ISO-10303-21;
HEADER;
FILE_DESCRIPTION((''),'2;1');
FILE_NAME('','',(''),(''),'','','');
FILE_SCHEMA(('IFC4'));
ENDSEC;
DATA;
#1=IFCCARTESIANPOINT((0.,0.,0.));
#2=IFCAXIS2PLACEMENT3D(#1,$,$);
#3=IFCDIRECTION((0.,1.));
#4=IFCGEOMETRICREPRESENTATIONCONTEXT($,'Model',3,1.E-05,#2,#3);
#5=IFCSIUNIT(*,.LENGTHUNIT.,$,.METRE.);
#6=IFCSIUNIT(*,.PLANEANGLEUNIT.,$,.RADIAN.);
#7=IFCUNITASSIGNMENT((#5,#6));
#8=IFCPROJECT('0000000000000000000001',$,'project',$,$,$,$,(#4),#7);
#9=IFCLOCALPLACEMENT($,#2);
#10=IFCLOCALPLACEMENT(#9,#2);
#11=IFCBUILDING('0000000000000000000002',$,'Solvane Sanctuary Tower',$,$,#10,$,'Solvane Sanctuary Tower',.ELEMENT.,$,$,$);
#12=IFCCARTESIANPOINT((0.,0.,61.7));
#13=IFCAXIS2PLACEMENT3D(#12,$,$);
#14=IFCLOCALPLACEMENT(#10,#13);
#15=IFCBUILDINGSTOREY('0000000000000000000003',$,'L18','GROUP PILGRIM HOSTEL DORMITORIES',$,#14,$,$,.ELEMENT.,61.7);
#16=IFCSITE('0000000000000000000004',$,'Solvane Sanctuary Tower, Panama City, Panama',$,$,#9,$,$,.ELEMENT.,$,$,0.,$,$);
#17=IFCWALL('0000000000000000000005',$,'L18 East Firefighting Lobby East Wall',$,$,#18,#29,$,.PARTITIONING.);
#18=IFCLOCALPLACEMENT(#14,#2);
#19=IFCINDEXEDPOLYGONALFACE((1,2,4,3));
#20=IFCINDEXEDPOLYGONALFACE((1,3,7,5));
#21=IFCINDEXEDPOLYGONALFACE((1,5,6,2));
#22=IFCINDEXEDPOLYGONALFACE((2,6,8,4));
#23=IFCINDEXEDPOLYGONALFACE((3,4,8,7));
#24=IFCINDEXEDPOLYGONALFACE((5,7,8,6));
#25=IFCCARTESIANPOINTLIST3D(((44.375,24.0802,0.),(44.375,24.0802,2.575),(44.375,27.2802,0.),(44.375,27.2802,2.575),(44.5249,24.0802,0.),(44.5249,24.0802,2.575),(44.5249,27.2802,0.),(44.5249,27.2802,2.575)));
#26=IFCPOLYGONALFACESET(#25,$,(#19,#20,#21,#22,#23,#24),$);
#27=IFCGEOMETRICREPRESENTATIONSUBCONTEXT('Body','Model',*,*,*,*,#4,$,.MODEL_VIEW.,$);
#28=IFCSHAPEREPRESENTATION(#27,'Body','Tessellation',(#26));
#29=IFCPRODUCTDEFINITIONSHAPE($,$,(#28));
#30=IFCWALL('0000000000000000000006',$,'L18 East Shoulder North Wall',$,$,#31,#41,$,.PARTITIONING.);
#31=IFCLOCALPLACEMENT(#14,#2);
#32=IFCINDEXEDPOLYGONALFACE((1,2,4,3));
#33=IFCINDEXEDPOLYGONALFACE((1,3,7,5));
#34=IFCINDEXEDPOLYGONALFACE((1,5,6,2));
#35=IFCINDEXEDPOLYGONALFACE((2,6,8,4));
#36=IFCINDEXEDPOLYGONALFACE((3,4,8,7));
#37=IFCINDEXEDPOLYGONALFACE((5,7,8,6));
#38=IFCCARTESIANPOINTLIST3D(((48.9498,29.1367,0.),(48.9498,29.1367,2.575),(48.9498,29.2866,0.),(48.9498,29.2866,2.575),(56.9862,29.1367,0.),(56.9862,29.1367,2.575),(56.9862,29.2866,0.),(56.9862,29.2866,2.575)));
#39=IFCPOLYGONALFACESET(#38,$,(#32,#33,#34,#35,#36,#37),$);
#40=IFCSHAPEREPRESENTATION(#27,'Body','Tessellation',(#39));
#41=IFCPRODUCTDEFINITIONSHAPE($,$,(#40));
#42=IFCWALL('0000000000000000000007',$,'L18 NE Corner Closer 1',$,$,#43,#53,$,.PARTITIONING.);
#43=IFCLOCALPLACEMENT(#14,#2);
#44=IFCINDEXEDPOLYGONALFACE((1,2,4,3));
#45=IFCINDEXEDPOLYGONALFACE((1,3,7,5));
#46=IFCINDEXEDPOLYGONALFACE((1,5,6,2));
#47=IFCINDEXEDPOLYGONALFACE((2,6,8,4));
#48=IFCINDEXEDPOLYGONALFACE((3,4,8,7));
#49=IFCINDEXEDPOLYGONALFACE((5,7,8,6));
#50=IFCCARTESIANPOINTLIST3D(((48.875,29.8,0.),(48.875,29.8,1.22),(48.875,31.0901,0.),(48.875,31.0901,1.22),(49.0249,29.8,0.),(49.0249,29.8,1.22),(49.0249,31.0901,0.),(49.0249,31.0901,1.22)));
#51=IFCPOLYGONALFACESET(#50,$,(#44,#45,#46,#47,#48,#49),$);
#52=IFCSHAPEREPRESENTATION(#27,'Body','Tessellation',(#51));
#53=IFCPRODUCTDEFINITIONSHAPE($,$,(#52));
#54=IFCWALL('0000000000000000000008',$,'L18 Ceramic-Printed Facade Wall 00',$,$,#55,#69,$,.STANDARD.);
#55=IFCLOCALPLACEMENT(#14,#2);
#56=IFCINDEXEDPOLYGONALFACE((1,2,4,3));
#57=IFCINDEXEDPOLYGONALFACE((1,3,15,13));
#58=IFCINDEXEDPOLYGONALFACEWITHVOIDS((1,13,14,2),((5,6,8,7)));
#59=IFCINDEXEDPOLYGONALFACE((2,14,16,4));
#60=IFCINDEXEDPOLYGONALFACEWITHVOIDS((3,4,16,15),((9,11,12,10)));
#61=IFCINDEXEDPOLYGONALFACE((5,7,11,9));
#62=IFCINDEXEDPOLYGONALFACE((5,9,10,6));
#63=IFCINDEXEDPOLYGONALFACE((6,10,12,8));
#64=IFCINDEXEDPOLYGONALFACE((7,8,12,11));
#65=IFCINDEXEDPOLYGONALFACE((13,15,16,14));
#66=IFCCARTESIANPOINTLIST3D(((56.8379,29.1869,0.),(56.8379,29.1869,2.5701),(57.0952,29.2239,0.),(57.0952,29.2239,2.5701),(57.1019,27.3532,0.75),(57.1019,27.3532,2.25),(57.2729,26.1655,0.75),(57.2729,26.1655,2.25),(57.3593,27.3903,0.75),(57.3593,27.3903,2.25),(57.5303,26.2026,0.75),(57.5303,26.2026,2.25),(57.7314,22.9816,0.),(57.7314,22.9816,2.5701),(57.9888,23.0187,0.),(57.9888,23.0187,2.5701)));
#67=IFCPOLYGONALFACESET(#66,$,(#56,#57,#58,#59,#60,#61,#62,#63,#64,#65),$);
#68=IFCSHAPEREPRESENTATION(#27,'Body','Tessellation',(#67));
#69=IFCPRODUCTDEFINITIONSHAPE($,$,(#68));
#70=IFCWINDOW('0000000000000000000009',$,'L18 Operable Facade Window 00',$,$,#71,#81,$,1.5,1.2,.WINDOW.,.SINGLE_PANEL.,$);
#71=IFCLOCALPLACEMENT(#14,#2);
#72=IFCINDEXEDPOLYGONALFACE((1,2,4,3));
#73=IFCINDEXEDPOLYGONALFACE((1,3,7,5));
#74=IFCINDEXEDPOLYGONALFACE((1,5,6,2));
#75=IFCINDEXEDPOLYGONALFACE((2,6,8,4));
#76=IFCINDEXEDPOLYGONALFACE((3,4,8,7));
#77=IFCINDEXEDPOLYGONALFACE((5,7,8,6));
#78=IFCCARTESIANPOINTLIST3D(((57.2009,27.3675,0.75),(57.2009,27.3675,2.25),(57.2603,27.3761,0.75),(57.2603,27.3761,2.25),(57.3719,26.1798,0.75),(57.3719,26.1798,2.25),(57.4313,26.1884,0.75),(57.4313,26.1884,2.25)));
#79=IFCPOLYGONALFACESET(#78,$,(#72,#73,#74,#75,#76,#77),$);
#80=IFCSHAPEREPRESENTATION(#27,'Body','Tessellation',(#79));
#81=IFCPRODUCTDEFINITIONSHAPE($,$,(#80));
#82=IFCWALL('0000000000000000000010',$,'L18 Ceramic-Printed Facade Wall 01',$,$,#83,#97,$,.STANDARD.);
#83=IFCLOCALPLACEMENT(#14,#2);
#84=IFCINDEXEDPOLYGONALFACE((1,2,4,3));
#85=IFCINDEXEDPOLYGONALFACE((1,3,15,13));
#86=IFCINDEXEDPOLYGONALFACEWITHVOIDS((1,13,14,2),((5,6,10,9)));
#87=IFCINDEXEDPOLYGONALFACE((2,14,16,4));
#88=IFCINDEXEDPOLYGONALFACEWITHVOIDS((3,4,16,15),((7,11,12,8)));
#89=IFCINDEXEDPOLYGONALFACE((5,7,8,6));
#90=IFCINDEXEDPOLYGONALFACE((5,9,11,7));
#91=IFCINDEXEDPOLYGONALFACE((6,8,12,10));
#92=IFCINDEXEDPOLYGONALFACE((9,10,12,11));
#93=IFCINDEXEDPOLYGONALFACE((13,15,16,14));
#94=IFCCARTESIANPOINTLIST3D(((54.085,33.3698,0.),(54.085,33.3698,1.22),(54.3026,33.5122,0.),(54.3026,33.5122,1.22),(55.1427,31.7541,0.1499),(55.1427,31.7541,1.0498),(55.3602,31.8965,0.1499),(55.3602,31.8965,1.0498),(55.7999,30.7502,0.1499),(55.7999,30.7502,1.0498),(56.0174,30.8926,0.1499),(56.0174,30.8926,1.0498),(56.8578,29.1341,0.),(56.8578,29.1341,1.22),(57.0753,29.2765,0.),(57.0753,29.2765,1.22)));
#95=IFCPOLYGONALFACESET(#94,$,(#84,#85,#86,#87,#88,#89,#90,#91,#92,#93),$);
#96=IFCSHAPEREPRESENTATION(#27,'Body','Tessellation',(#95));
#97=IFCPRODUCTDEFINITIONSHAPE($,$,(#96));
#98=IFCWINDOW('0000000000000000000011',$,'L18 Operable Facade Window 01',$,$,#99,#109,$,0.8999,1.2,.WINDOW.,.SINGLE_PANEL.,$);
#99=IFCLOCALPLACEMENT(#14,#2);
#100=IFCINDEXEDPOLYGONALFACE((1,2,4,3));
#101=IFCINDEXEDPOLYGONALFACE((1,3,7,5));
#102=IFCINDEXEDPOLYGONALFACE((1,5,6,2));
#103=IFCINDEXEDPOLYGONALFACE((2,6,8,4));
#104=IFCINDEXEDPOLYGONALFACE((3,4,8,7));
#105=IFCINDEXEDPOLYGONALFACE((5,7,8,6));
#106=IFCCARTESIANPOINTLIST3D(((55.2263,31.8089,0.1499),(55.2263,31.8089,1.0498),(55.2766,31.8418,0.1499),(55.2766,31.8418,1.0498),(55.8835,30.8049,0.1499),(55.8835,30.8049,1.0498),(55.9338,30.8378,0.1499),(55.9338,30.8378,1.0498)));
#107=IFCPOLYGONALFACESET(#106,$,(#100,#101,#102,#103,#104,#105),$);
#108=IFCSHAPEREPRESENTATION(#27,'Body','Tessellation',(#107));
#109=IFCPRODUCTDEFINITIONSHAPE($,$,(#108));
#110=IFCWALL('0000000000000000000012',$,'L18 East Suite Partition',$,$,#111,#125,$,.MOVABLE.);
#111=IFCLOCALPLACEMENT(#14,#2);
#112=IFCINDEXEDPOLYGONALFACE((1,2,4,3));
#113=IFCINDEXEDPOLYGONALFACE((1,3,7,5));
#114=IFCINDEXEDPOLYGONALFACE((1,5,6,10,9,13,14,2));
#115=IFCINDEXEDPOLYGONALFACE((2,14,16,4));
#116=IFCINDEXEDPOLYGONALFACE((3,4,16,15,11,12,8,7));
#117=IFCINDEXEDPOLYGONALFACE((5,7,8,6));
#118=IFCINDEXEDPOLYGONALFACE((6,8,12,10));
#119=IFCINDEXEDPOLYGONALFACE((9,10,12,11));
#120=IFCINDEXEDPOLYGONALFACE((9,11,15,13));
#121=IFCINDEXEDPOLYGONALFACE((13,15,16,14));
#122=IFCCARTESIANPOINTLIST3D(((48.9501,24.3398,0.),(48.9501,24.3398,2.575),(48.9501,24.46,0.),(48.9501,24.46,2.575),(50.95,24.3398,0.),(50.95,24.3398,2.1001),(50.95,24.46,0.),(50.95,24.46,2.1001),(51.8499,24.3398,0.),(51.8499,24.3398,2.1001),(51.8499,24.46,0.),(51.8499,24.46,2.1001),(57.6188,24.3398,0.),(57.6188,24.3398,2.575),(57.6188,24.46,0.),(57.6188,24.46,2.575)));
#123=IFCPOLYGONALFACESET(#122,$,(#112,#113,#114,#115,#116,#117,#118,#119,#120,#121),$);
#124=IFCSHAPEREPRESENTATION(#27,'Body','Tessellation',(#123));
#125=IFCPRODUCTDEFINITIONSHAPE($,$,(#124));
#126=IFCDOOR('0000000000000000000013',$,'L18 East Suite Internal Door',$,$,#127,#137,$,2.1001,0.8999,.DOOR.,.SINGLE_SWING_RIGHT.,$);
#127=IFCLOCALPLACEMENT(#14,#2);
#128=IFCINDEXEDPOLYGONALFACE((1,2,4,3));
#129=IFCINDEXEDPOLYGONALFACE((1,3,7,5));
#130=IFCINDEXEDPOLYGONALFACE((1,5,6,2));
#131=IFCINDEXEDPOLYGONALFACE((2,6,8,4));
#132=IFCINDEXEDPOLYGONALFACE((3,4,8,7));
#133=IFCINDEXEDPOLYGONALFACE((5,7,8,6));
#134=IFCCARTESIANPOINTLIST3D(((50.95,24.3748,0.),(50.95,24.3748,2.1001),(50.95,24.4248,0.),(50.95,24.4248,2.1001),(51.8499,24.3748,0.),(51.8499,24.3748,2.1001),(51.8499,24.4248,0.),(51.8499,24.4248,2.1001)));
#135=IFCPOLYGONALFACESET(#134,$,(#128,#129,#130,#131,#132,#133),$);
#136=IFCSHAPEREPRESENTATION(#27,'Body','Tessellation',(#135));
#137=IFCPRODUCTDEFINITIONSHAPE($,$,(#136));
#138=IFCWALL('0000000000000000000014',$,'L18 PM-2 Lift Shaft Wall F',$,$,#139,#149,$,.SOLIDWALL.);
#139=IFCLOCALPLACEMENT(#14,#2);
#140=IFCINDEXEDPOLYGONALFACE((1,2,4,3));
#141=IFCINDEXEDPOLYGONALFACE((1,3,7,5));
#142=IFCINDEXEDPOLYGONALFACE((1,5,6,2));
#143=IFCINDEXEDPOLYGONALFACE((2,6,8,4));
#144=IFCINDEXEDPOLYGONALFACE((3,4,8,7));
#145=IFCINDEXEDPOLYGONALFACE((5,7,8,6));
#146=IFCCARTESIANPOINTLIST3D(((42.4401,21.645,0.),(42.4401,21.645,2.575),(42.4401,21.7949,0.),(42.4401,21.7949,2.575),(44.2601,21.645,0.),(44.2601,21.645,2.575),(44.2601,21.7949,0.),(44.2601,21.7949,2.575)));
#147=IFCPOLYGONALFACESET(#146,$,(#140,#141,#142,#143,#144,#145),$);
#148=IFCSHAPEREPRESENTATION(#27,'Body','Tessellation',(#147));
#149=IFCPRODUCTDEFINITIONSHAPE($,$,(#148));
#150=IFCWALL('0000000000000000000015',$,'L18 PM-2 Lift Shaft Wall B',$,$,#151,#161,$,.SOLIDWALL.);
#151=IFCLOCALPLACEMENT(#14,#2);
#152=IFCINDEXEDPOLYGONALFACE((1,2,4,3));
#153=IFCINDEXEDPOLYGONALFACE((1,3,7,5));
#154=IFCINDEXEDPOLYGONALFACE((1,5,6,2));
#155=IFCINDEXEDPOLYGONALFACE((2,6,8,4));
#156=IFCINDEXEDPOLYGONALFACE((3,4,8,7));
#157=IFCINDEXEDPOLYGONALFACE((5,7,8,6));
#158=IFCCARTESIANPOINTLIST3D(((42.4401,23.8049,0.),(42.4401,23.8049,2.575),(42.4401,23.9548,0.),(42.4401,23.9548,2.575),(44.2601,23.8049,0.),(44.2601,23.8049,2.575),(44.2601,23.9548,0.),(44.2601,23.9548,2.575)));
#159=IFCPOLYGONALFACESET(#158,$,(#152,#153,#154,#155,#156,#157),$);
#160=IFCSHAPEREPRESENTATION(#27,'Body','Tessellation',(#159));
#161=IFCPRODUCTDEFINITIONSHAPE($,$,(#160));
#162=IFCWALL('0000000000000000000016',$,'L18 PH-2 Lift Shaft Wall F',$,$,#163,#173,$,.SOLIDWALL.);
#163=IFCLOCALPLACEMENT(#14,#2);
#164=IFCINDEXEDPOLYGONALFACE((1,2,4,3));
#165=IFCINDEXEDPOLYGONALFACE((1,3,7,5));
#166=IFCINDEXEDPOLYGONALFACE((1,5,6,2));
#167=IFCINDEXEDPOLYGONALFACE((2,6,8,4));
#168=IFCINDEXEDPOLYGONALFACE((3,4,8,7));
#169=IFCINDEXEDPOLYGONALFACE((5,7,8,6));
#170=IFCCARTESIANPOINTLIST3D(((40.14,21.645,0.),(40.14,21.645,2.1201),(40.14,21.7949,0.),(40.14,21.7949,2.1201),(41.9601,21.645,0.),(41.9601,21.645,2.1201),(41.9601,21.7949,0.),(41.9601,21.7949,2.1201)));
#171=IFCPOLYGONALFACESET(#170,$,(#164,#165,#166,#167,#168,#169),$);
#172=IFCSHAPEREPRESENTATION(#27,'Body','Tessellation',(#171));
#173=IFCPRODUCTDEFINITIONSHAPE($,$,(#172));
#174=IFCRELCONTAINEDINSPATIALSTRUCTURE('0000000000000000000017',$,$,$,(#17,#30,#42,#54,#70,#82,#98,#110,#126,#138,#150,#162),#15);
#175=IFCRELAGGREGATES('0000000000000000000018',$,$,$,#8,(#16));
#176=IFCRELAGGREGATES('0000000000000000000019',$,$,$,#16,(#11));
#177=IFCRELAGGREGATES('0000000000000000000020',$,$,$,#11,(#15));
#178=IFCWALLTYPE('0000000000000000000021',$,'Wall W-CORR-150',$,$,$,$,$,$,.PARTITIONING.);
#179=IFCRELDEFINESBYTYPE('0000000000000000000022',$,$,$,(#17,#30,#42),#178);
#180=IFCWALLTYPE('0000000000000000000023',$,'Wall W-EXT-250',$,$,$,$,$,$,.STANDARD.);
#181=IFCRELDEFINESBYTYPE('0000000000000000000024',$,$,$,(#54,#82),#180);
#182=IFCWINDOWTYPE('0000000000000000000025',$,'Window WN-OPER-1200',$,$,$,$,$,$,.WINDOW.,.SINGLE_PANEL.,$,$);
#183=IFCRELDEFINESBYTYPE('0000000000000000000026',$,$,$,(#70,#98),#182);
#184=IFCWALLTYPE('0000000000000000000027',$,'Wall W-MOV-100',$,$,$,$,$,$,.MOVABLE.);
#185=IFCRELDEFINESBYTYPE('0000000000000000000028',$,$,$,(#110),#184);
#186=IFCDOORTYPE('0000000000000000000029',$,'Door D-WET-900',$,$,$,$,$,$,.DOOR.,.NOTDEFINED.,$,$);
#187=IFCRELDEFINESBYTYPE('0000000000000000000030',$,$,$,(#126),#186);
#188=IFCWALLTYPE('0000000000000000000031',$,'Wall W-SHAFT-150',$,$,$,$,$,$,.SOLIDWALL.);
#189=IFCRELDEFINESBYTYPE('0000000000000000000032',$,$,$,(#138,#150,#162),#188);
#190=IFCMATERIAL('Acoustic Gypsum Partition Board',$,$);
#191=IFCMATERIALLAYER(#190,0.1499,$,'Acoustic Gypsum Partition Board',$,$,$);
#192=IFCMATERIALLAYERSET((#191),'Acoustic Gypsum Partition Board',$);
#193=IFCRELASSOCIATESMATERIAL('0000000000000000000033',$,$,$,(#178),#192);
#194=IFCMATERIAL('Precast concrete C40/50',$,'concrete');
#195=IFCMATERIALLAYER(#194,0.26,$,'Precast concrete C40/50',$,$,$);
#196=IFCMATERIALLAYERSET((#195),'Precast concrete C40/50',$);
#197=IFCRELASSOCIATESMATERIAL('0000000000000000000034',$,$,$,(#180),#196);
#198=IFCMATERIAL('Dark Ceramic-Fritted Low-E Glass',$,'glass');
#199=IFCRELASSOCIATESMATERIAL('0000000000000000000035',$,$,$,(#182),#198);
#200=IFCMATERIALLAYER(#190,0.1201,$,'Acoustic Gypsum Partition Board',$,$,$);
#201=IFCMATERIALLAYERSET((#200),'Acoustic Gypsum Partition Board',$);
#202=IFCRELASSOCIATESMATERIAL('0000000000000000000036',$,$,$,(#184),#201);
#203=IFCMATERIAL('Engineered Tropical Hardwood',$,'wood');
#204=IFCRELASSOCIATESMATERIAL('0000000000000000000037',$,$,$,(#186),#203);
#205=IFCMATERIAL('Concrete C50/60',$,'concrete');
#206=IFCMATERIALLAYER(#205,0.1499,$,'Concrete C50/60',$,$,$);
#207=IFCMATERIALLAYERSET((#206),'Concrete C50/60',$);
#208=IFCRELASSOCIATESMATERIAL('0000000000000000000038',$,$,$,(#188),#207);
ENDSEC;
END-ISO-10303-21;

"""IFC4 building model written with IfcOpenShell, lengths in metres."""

from ifc_helpers import new_model, si_unit, direction, frame, frame_2d, origin, place, context, subcontext, project, spatial, rectangle, extrude, material, layer, layer_set, type_object, element, fill, save


model = new_model("IFC4")

# Units and contexts
model_context = context("Model", 3, precision=1e-05, world=origin(), true_north=direction((0.0, 1.0)))
body_context = subcontext(model_context, "Body", "Model", "MODEL_VIEW")
ifc_project = project(units=[si_unit("LENGTHUNIT", "METRE"), si_unit("PLANEANGLEUNIT", "RADIAN")], contexts=[model_context])

# Site, building, storey
site_placement = place(None, origin())
site = spatial("IfcSite", under=ifc_project, at=site_placement, Name="Solvane Sanctuary Tower, Panama City, Panama", CompositionType="ELEMENT", RefElevation=0.0)
building_placement = place(site_placement, origin())
building = spatial("IfcBuilding", under=site, at=building_placement, Name="Solvane Sanctuary Tower", LongName="Solvane Sanctuary Tower", CompositionType="ELEMENT")
storey_placement = place(building_placement, frame((0.0, 0.0, 61.7)))
storey = spatial("IfcBuildingStorey", under=building, at=storey_placement, Name="L18", Description="GROUP PILGRIM HOSTEL DORMITORIES", CompositionType="ELEMENT", Elevation=61.7)

# Walls
ifc_material_1 = material(Name="Acoustic Gypsum Partition Board")
ifc_layer_1 = layer(ifc_material_1, 0.1499, Name="Acoustic Gypsum Partition Board")
ifc_layer_set_1 = layer_set([ifc_layer_1], Name="Acoustic Gypsum Partition Board")
wall_type_1 = type_object("IfcWallType", Name="Wall W-CORR-150", PredefinedType="PARTITIONING", material=ifc_layer_set_1)
wall_1_placement = place(storey_placement, frame((44.45, 24.0801, 0.0), z_axis=(0.0, 0.0, 1.0), x_axis=(0.0, 1.0, 0.0)))
element("IfcWall", 1, at=wall_1_placement, inside=storey, type_object=wall_type_1, Name="L18 East Firefighting Lobby East Wall", PredefinedType="PARTITIONING", context=body_context, shape_type="SweptSolid", body=[
    extrude(rectangle(XDim=3.2, YDim=0.1499, at=frame_2d((1.6001, 0.0))), origin(), (0.0, 0.0, 1.0), 2.575),
])
wall_2_placement = place(storey_placement, frame((48.95, 29.2117, 0.0), z_axis=(0.0, 0.0, 1.0), x_axis=(1.0, 0.0, 0.0)))
element("IfcWall", 2, at=wall_2_placement, inside=storey, type_object=wall_type_1, Name="L18 East Shoulder North Wall", PredefinedType="PARTITIONING", context=body_context, shape_type="SweptSolid", body=[
    extrude(rectangle(XDim=8.0364, YDim=0.1499, at=frame_2d((4.0181, 0.0))), origin(), (0.0, 0.0, 1.0), 2.575),
])
wall_3_placement = place(storey_placement, frame((48.95, 29.8, 0.0), z_axis=(0.0, 0.0, 1.0), x_axis=(0.0, 1.0, 0.0)))
element("IfcWall", 3, at=wall_3_placement, inside=storey, type_object=wall_type_1, Name="L18 NE Corner Closer 1", PredefinedType="PARTITIONING", context=body_context, shape_type="SweptSolid", body=[
    extrude(rectangle(XDim=1.29, YDim=0.1499, at=frame_2d((0.645, 0.0))), origin(), (0.0, 0.0, 1.0), 1.22),
])

# Walls, openings, windows
ifc_material_2 = material(Name="Precast concrete C40/50", Category="concrete")
ifc_layer_2 = layer(ifc_material_2, 0.26, Name="Precast concrete C40/50")
ifc_layer_set_2 = layer_set([ifc_layer_2], Name="Precast concrete C40/50")
wall_type_2 = type_object("IfcWallType", Name="Wall W-EXT-250", PredefinedType="STANDARD", material=ifc_layer_set_2)
wall_4_placement = place(storey_placement, frame((57.8601, 23.0, 0.0), z_axis=(0.0, 0.0, 1.0), x_axis=(-0.142528, 0.989791, 0.0)))
wall_4 = element("IfcWall", 4, at=wall_4_placement, inside=storey, type_object=wall_type_2, Name="L18 Ceramic-Printed Facade Wall 00", PredefinedType="STANDARD", context=body_context, shape_type="SweptSolid", body=[
    extrude(rectangle(XDim=6.2693, YDim=0.26, at=frame_2d((3.1348, 0.0))), origin(), (0.0, 0.0, 1.0), 2.5701),
])
opening_1_placement = place(wall_4_placement, frame((3.2168, 0.0, 0.75)))
opening_1 = element("IfcOpeningElement", 5, at=opening_1_placement, cuts=wall_4, PredefinedType="OPENING", context=body_context, shape_type="SweptSolid", body=[
    extrude(rectangle(XDim=1.2, YDim=1.5, at=frame_2d((0.6001, 0.75))), frame((0.0, 0.1399, 0.0), z_axis=(0.0, -1.0, 0.0), x_axis=(1.0, 0.0, 0.0)), (0.0, 0.0, 1.0), 0.28),
])
ifc_material_3 = material(Name="Dark Ceramic-Fritted Low-E Glass", Category="glass")
window_type = type_object("IfcWindowType", Name="Window WN-OPER-1200", PartitioningType="SINGLE_PANEL", PredefinedType="WINDOW", material=ifc_material_3)
window_1_placement = place(opening_1_placement, origin())
window_1 = element("IfcWindow", 6, at=window_1_placement, inside=storey, type_object=window_type, Name="L18 Operable Facade Window 00", OverallHeight=1.5, OverallWidth=1.2, PartitioningType="SINGLE_PANEL", PredefinedType="WINDOW", context=body_context, shape_type="SweptSolid", body=[
    extrude(rectangle(XDim=1.2, YDim=1.5, at=frame_2d((0.6001, 0.75))), frame((0.0, 0.03, 0.0), z_axis=(0.0, -1.0, 0.0), x_axis=(1.0, 0.0, 0.0)), (0.0, 0.0, 1.0), 0.0601),
])
fill(opening_1, window_1)
wall_5_placement = place(storey_placement, frame((56.9666, 29.2053, 0.0), z_axis=(0.0, 0.0, 1.0), x_axis=(-0.547703, 0.836673, 0.0)))
wall_5 = element("IfcWall", 7, at=wall_5_placement, inside=storey, type_object=wall_type_2, Name="L18 Ceramic-Printed Facade Wall 01", PredefinedType="STANDARD", context=body_context, shape_type="SweptSolid", body=[
    extrude(rectangle(XDim=5.0625, YDim=0.26, at=frame_2d((2.5312, 0.0))), origin(), (0.0, 0.0, 1.0), 1.22),
])
opening_2_placement = place(wall_5_placement, frame((1.9314, 0.0, 0.1499)))
opening_2 = element("IfcOpeningElement", 8, at=opening_2_placement, cuts=wall_5, PredefinedType="OPENING", context=body_context, shape_type="SweptSolid", body=[
    extrude(rectangle(XDim=1.2, YDim=0.8999, at=frame_2d((0.6001, 0.45))), frame((0.0, 0.1399, 0.0), z_axis=(0.0, -1.0, 0.0), x_axis=(1.0, 0.0, 0.0)), (0.0, 0.0, 1.0), 0.28),
])
window_2_placement = place(opening_2_placement, origin())
window_2 = element("IfcWindow", 9, at=window_2_placement, inside=storey, type_object=window_type, Name="L18 Operable Facade Window 01", OverallHeight=0.8999, OverallWidth=1.2, PartitioningType="SINGLE_PANEL", PredefinedType="WINDOW", context=body_context, shape_type="SweptSolid", body=[
    extrude(rectangle(XDim=1.2, YDim=0.8999, at=frame_2d((0.6001, 0.45))), frame((0.0, 0.03, 0.0), z_axis=(0.0, -1.0, 0.0), x_axis=(1.0, 0.0, 0.0)), (0.0, 0.0, 1.0), 0.0601),
])
fill(opening_2, window_2)

# Wall, opening, door
ifc_layer_3 = layer(ifc_material_1, 0.1201, Name="Acoustic Gypsum Partition Board")
ifc_layer_set_3 = layer_set([ifc_layer_3], Name="Acoustic Gypsum Partition Board")
wall_type_3 = type_object("IfcWallType", Name="Wall W-MOV-100", PredefinedType="MOVABLE", material=ifc_layer_set_3)
wall_6_placement = place(storey_placement, frame((48.95, 24.3999, 0.0), z_axis=(0.0, 0.0, 1.0), x_axis=(1.0, 0.0, 0.0)))
wall_6 = element("IfcWall", 10, at=wall_6_placement, inside=storey, type_object=wall_type_3, Name="L18 East Suite Partition", PredefinedType="MOVABLE", context=body_context, shape_type="SweptSolid", body=[
    extrude(rectangle(XDim=8.6687, YDim=0.1201, at=frame_2d((4.3345, 0.0))), origin(), (0.0, 0.0, 1.0), 2.575),
])
opening_3_placement = place(wall_6_placement, frame((2.0, 0.0, 0.0)))
opening_3 = element("IfcOpeningElement", 11, at=opening_3_placement, cuts=wall_6, PredefinedType="OPENING", context=body_context, shape_type="SweptSolid", body=[
    extrude(rectangle(XDim=0.8999, YDim=2.1001, at=frame_2d((0.45, 1.05))), frame((0.0, 0.0701, 0.0), z_axis=(0.0, -1.0, 0.0), x_axis=(1.0, 0.0, 0.0)), (0.0, 0.0, 1.0), 0.1401),
])
ifc_material_4 = material(Name="Engineered Tropical Hardwood", Category="wood")
door_type_1 = type_object("IfcDoorType", Name="Door D-WET-900", OperationType="NOTDEFINED", PredefinedType="DOOR", material=ifc_material_4)
door_1_placement = place(opening_3_placement, origin())
door_1 = element("IfcDoor", 12, at=door_1_placement, inside=storey, type_object=door_type_1, Name="L18 East Suite Internal Door", OperationType="SINGLE_SWING_RIGHT", OverallHeight=2.1001, OverallWidth=0.8999, PredefinedType="DOOR", context=body_context, shape_type="SweptSolid", body=[
    extrude(rectangle(XDim=0.8999, YDim=2.1001, at=frame_2d((0.45, 1.05))), frame((0.0, 0.0249, 0.0), z_axis=(0.0, -1.0, 0.0), x_axis=(1.0, 0.0, 0.0)), (0.0, 0.0, 1.0), 0.05),
])
fill(opening_3, door_1)

# Walls
ifc_material_5 = material(Name="Concrete C50/60", Category="concrete")
ifc_layer_4 = layer(ifc_material_5, 0.1499, Name="Concrete C50/60")
ifc_layer_set_4 = layer_set([ifc_layer_4], Name="Concrete C50/60")
wall_type_4 = type_object("IfcWallType", Name="Wall W-SHAFT-150", PredefinedType="SOLIDWALL", material=ifc_layer_set_4)
for number, where, z_axis, x_axis, name in (
    (13, (42.4399, 21.72, 0.0), (0.0, 0.0, 1.0), (1.0, 0.0, 0.0), "L18 PM-2 Lift Shaft Wall F"),
    (14, (42.4399, 23.8799, 0.0), (0.0, 0.0, 1.0), (1.0, 0.0, 0.0), "L18 PM-2 Lift Shaft Wall B"),
):
    element("IfcWall", number, at=place(storey_placement, frame(where, z_axis=z_axis, x_axis=x_axis)), inside=storey, type_object=wall_type_4, Name=name, PredefinedType="SOLIDWALL", context=body_context, shape_type="SweptSolid", body=[
        extrude(rectangle(XDim=1.8201, YDim=0.1499, at=frame_2d((0.9102, 0.0))), origin(), (0.0, 0.0, 1.0), 2.575),
    ])
for number, where, z_axis, x_axis, name in (
    (15, (40.1399, 21.72, 0.0), (0.0, 0.0, 1.0), (1.0, 0.0, 0.0), "L18 PH-2 Lift Shaft Wall F"),
):
    element("IfcWall", number, at=place(storey_placement, frame(where, z_axis=z_axis, x_axis=x_axis)), inside=storey, type_object=wall_type_4, Name=name, PredefinedType="SOLIDWALL", context=body_context, shape_type="SweptSolid", body=[
        extrude(rectangle(XDim=1.8201, YDim=0.1499, at=frame_2d((0.9102, 0.0))), origin(), (0.0, 0.0, 1.0), 2.1201),
    ])

save(model, "model.ifc")
